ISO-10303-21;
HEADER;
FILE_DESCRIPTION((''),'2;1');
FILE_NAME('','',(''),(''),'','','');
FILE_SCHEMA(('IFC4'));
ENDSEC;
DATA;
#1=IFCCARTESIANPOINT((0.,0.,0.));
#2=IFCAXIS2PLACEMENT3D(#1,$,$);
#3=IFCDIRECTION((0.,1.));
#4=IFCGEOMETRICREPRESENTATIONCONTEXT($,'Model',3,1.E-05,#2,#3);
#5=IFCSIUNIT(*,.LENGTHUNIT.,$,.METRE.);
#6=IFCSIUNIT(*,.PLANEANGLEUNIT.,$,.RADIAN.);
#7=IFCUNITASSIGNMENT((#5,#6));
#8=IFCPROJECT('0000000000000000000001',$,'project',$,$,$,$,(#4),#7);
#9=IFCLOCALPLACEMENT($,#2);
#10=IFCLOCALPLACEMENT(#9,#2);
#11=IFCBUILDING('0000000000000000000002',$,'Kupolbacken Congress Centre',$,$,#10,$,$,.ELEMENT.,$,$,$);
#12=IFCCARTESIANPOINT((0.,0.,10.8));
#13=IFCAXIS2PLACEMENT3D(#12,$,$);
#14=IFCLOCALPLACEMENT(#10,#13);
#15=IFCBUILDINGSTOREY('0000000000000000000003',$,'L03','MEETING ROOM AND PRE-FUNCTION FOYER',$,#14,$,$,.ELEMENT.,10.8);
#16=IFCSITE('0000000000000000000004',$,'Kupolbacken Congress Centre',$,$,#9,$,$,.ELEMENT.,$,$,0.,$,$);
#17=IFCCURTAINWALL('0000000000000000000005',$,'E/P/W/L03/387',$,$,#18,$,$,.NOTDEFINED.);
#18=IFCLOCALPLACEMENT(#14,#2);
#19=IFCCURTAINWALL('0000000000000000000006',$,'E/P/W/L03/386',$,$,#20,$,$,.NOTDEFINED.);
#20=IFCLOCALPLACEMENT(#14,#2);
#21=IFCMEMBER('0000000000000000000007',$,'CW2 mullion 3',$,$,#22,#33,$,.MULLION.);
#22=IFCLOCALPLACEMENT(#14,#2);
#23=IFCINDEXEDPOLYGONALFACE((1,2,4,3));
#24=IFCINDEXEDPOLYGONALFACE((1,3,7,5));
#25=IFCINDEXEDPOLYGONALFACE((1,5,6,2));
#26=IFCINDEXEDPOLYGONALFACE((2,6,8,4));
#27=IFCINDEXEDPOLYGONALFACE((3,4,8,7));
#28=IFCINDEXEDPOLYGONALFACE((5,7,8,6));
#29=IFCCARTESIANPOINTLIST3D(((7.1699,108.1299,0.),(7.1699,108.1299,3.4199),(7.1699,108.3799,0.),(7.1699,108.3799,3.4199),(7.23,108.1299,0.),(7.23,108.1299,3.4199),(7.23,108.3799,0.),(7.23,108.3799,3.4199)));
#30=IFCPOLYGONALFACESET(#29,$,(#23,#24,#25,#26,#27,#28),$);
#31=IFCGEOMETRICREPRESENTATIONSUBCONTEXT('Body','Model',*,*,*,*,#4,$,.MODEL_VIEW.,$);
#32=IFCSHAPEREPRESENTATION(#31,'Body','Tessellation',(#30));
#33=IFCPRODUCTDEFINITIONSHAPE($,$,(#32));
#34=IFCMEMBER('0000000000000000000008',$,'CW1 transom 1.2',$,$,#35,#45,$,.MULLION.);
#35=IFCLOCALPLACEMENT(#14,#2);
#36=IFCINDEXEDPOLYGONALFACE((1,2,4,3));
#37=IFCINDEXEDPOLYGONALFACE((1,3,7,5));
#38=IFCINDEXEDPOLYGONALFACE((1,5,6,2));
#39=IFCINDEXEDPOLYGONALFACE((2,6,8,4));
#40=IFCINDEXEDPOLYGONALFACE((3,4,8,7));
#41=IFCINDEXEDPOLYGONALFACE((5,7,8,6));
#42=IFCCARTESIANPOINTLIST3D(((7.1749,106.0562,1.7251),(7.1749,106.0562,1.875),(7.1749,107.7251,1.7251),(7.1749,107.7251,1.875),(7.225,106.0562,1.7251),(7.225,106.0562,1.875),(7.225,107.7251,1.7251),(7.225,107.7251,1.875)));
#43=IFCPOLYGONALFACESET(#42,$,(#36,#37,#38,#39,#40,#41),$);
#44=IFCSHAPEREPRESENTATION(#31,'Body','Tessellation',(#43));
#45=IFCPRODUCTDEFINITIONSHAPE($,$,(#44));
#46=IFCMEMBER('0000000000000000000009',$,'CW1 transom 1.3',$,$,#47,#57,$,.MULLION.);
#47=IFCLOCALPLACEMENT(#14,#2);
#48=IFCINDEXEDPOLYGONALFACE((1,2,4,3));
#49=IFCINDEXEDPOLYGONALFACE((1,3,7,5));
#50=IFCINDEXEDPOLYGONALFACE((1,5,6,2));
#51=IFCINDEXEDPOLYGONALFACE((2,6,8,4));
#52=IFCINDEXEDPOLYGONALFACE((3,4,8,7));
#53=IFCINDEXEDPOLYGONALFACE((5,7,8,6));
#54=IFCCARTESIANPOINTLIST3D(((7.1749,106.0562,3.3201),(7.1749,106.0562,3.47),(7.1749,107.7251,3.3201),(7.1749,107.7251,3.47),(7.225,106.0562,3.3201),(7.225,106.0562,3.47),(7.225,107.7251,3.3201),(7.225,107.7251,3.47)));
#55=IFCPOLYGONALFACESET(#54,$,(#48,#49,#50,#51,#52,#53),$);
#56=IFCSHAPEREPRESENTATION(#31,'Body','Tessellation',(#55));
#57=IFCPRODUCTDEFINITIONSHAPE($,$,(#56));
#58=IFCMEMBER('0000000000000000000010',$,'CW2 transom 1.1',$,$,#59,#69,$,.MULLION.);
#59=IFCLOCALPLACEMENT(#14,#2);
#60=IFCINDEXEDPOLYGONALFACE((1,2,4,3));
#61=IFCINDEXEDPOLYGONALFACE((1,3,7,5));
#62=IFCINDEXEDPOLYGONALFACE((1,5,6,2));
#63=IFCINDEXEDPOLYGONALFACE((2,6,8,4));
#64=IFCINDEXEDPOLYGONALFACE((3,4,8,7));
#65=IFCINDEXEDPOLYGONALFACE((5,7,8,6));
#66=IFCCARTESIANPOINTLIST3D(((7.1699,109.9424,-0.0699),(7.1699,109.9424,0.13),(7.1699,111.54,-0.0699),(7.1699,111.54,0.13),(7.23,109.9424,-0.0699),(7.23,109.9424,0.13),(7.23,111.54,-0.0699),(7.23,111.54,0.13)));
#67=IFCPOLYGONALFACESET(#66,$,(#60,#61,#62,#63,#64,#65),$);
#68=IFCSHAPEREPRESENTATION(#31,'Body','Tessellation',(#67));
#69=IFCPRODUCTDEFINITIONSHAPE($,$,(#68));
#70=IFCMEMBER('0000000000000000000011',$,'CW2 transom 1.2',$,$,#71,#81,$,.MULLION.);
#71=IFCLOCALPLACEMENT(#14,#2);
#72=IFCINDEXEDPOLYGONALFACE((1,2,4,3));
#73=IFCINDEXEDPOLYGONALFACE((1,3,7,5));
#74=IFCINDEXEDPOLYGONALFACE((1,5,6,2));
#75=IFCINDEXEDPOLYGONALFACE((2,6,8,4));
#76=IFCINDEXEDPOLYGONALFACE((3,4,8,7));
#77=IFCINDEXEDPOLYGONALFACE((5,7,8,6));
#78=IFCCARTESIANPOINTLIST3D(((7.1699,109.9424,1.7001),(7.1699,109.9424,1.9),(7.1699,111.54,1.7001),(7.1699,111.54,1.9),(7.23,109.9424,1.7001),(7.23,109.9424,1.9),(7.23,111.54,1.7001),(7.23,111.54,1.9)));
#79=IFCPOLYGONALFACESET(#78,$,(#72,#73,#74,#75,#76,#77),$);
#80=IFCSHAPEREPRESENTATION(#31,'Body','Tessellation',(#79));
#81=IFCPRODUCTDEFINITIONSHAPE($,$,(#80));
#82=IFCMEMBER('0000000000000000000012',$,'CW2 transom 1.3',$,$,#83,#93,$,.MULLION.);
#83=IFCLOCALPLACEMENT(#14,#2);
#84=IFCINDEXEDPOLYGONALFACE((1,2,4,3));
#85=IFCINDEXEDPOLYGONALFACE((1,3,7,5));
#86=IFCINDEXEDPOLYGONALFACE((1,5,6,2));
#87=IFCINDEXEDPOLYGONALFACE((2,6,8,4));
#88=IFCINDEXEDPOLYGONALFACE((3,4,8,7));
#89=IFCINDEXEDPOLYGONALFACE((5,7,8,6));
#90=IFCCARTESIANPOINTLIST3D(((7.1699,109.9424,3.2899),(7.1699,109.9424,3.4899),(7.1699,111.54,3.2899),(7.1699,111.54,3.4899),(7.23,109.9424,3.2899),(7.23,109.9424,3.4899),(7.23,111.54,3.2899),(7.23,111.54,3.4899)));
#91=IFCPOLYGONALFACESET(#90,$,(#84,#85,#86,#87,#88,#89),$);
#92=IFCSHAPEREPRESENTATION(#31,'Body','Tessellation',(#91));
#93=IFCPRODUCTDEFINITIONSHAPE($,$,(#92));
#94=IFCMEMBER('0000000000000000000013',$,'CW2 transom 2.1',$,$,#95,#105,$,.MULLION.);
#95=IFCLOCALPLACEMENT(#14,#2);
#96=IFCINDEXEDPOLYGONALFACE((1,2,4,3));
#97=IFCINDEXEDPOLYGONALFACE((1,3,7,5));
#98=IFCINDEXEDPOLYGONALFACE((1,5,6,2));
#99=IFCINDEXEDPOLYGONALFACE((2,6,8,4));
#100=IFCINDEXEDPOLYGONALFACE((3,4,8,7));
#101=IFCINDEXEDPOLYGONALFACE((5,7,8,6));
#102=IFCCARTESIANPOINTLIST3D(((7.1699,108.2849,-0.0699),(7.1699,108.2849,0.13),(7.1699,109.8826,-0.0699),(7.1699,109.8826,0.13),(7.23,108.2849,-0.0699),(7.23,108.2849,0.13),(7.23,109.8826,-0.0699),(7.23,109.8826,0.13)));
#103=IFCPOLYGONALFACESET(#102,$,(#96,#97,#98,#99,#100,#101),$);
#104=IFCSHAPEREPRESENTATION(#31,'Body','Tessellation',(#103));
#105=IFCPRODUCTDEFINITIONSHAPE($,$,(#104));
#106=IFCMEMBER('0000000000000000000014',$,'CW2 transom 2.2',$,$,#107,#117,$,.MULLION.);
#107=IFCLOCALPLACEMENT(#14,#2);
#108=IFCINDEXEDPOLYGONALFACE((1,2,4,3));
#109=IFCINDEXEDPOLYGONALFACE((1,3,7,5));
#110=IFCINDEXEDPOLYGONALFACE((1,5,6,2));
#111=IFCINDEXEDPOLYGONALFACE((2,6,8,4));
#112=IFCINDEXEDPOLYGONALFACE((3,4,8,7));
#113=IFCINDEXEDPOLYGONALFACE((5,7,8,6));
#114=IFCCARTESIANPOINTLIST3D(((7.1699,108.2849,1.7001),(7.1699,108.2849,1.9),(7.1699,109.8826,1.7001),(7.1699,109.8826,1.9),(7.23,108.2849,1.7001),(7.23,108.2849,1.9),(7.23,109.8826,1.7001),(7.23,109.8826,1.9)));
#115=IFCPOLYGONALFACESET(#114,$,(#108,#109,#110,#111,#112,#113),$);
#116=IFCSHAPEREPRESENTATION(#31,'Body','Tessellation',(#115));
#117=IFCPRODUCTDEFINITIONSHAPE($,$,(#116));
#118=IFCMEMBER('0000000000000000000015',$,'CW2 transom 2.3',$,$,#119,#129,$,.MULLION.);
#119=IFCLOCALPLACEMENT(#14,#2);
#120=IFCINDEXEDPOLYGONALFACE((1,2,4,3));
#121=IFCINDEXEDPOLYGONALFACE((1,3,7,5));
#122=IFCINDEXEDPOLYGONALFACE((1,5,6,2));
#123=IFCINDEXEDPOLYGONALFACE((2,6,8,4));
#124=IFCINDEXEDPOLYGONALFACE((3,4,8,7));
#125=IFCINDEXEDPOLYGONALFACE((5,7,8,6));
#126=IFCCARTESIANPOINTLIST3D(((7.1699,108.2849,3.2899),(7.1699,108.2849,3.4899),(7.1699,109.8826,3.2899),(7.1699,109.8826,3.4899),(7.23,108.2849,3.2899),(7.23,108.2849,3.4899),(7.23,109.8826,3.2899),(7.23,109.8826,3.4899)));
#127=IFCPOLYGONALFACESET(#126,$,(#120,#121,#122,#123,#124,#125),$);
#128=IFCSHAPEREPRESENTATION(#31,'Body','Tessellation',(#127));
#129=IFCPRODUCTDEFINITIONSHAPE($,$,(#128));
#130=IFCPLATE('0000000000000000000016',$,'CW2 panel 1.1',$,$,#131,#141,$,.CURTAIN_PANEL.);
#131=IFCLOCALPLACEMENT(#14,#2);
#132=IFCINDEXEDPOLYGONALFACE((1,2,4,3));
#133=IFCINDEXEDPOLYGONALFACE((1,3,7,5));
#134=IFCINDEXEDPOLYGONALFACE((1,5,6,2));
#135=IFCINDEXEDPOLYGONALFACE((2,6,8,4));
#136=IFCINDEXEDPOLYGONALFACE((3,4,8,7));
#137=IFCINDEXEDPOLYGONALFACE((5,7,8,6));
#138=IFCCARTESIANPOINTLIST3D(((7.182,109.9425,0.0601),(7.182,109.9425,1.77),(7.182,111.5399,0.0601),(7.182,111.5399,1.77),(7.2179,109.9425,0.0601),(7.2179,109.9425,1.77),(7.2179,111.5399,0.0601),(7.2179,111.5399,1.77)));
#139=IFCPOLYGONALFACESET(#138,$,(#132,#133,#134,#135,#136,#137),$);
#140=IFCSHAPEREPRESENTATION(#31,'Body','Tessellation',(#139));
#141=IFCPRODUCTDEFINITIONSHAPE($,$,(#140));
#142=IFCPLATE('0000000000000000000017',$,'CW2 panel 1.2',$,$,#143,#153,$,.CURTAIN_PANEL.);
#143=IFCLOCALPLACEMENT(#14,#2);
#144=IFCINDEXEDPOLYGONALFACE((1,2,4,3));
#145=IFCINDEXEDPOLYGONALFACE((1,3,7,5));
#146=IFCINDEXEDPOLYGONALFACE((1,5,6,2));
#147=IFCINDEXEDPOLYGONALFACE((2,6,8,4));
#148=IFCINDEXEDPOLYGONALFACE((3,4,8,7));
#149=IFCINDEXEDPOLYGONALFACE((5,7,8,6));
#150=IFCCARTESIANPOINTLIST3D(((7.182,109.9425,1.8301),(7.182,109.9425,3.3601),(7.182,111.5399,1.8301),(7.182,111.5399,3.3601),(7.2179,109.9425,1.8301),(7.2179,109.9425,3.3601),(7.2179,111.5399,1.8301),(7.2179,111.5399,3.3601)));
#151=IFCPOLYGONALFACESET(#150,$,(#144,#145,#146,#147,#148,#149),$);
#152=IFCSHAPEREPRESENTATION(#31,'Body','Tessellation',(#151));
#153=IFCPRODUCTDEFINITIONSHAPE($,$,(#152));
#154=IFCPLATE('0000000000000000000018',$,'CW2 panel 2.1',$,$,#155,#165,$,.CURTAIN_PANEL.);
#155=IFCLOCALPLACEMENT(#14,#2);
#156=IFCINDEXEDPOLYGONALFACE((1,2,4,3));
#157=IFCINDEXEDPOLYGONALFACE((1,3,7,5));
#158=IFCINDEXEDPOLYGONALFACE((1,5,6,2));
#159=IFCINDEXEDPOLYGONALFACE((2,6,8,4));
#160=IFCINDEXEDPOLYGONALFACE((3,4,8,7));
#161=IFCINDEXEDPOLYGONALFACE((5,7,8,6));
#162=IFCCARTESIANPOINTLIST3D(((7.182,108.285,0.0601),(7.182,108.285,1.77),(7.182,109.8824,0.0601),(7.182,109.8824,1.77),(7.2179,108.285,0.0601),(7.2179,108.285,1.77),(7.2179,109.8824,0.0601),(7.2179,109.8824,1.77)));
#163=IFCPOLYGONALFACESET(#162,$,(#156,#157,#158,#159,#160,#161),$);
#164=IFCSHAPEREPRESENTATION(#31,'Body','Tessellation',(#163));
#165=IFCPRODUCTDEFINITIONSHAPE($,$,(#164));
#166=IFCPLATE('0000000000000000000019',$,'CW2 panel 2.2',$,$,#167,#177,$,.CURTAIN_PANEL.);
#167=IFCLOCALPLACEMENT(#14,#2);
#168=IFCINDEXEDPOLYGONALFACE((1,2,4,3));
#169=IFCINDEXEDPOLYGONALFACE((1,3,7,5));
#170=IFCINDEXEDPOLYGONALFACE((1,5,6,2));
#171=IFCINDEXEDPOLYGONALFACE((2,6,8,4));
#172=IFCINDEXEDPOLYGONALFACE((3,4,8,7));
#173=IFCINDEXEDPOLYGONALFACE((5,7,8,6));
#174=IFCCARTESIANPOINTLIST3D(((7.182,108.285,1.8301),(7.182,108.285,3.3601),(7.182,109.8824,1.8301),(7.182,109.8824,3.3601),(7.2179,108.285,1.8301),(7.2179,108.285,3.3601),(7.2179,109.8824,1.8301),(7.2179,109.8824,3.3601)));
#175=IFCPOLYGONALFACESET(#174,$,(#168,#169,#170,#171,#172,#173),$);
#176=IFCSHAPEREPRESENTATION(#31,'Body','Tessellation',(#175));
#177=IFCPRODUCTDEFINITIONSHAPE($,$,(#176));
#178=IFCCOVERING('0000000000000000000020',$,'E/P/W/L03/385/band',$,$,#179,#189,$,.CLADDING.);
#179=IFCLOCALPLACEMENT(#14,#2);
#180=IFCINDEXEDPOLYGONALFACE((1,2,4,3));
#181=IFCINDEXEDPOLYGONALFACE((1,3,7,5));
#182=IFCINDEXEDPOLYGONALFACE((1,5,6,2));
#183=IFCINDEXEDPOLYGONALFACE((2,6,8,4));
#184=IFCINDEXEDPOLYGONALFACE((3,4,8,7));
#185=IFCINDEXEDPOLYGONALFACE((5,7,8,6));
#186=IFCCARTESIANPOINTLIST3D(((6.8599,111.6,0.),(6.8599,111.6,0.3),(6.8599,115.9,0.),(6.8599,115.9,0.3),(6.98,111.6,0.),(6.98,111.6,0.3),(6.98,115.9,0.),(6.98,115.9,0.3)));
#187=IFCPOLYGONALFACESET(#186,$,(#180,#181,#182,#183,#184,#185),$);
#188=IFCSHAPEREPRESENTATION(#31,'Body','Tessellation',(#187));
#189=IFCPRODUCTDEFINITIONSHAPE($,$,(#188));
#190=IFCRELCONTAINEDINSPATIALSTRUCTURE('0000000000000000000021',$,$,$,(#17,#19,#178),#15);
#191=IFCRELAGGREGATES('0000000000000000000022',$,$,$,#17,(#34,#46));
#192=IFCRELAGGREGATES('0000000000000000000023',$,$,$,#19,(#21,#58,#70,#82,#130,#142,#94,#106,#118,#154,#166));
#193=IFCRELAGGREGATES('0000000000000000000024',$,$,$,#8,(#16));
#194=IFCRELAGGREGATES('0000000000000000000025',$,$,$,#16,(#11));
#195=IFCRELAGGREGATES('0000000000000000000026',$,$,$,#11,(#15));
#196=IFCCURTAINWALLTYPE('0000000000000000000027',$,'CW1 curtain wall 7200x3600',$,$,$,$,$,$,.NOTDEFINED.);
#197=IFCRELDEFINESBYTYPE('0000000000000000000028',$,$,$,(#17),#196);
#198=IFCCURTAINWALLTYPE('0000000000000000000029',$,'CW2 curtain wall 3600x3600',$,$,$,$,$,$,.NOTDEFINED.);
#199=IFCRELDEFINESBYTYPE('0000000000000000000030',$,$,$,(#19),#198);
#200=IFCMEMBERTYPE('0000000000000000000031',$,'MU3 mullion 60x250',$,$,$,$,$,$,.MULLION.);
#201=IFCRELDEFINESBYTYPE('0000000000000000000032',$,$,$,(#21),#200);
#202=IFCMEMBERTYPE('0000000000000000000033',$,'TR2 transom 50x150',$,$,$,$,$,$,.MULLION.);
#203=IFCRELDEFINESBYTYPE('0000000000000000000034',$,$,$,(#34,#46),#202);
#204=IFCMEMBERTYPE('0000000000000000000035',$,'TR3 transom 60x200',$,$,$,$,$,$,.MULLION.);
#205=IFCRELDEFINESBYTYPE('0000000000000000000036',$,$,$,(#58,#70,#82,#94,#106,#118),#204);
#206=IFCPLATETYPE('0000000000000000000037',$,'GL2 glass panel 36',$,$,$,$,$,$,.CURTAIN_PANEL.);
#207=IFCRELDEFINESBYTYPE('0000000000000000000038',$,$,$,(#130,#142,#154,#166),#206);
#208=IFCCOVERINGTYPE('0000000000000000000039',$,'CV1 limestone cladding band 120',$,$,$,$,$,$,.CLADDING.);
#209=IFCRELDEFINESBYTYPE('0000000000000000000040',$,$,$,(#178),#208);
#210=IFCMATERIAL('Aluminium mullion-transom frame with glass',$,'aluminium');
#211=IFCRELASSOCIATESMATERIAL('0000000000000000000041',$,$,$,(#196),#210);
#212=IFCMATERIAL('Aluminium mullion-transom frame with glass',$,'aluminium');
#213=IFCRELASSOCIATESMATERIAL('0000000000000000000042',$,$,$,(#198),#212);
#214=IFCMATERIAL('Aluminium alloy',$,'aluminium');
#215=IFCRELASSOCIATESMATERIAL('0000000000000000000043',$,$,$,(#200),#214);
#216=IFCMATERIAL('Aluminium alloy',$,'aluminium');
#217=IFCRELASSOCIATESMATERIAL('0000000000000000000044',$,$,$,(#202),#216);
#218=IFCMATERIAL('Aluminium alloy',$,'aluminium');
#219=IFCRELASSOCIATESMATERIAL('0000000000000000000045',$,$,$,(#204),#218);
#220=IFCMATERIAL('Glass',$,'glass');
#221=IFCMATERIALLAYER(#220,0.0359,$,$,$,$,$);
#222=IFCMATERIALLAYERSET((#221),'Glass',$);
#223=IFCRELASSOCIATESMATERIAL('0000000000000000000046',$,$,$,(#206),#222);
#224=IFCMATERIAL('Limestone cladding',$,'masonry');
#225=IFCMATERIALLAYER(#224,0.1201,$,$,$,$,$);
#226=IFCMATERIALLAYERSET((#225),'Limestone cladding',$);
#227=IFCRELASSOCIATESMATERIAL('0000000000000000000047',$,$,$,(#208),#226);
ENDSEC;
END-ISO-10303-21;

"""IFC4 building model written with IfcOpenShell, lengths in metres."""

from ifc_helpers import new_model, si_unit, direction, frame, origin, origin_2d, place, context, subcontext, project, spatial, rectangle, extrude, material, layer, layer_set, material_profile, profile_set, type_object, element, aggregate, save


model = new_model("IFC4")

# Units and contexts
model_context = context("Model", 3, precision=1e-05, world=origin(), true_north=direction((0.0, 1.0)))
body_context = subcontext(model_context, "Body", "Model", "MODEL_VIEW")
ifc_project = project(units=[si_unit("LENGTHUNIT", "METRE"), si_unit("PLANEANGLEUNIT", "RADIAN")], contexts=[model_context])

# Site, building, storey
site_placement = place(None, origin())
site = spatial("IfcSite", under=ifc_project, at=site_placement, Name="Kupolbacken Congress Centre", CompositionType="ELEMENT", RefElevation=0.0)
building_placement = place(site_placement, origin())
building = spatial("IfcBuilding", under=site, at=building_placement, Name="Kupolbacken Congress Centre", CompositionType="ELEMENT")
storey_placement = place(building_placement, frame((0.0, 0.0, 10.8)))
storey = spatial("IfcBuildingStorey", under=building, at=storey_placement, Name="L03", Description="MEETING ROOM AND PRE-FUNCTION FOYER", CompositionType="ELEMENT", Elevation=10.8)

# Curtain wall
ifc_material_1 = material(Name="Aluminium mullion-transom frame with glass", Category="aluminium")
curtain_wall_type_1 = type_object("IfcCurtainWallType", Name="CW1 curtain wall 7200x3600", PredefinedType="NOTDEFINED", material=ifc_material_1)
curtain_wall_1_placement = place(storey_placement, origin())
curtain_wall_1 = element("IfcCurtainWall", 1, at=curtain_wall_1_placement, inside=storey, type_object=curtain_wall_type_1, Name="E/P/W/L03/387", PredefinedType="NOTDEFINED")

# Curtain wall, member
ifc_material_2 = material(Name="Aluminium mullion-transom frame with glass", Category="aluminium")
curtain_wall_type_2 = type_object("IfcCurtainWallType", Name="CW2 curtain wall 3600x3600", PredefinedType="NOTDEFINED", material=ifc_material_2)
curtain_wall_2_placement = place(storey_placement, origin())
curtain_wall_2 = element("IfcCurtainWall", 2, at=curtain_wall_2_placement, inside=storey, type_object=curtain_wall_type_2, Name="E/P/W/L03/386", PredefinedType="NOTDEFINED")
ifc_material_3 = material(Name="Aluminium alloy", Category="aluminium")
ifc_material_profile_1 = material_profile(ifc_material_3, rectangle(XDim=0.0601, YDim=0.25, at=origin_2d()), Name="60 x 250")
ifc_profile_set_1 = profile_set([ifc_material_profile_1], Name="Aluminium alloy")
member_type_1 = type_object("IfcMemberType", Name="MU3 mullion 60x250", PredefinedType="MULLION", material=ifc_profile_set_1)
member_1_placement = place(storey_placement, frame((7.2, 108.2549, 0.0), z_axis=(0.0, 0.0, 1.0), x_axis=(1.0, 0.0, 0.0)))
member_1 = element("IfcMember", 3, at=member_1_placement, type_object=member_type_1, Name="CW2 mullion 3", PredefinedType="MULLION", context=body_context, shape_type="SweptSolid", body=[
    extrude(rectangle(XDim=0.0601, YDim=0.25, at=origin_2d()), origin(), (0.0, 0.0, 1.0), 3.4199),
])

# Members
ifc_material_4 = material(Name="Aluminium alloy", Category="aluminium")
ifc_material_profile_2 = material_profile(ifc_material_4, rectangle(XDim=0.05, YDim=0.1499, at=origin_2d()), Name="50 x 150")
ifc_profile_set_2 = profile_set([ifc_material_profile_2], Name="Aluminium alloy")
member_type_2 = type_object("IfcMemberType", Name="TR2 transom 50x150", PredefinedType="MULLION", material=ifc_profile_set_2)
member_2_placement = place(storey_placement, frame((7.2, 107.7251, 1.8), z_axis=(0.0, -1.0, 0.0), x_axis=(1.0, 0.0, 0.0)))
member_2 = element("IfcMember", 4, at=member_2_placement, type_object=member_type_2, Name="CW1 transom 1.2", PredefinedType="MULLION", context=body_context, shape_type="SweptSolid", body=[
    extrude(rectangle(XDim=0.05, YDim=0.1499, at=origin_2d()), origin(), (0.0, 0.0, 1.0), 1.6689),
])
member_3_placement = place(storey_placement, frame((7.2, 107.7251, 3.395), z_axis=(0.0, -1.0, 0.0), x_axis=(1.0, 0.0, 0.0)))
member_3 = element("IfcMember", 5, at=member_3_placement, type_object=member_type_2, Name="CW1 transom 1.3", PredefinedType="MULLION", context=body_context, shape_type="SweptSolid", body=[
    extrude(rectangle(XDim=0.05, YDim=0.1499, at=origin_2d()), origin(), (0.0, 0.0, 1.0), 1.6689),
])
aggregate(curtain_wall_1, [member_2, member_3])
ifc_material_5 = material(Name="Aluminium alloy", Category="aluminium")
ifc_material_profile_3 = material_profile(ifc_material_5, rectangle(XDim=0.0601, YDim=0.2, at=origin_2d()), Name="60 x 200")
ifc_profile_set_3 = profile_set([ifc_material_profile_3], Name="Aluminium alloy")
member_type_3 = type_object("IfcMemberType", Name="TR3 transom 60x200", PredefinedType="MULLION", material=ifc_profile_set_3)
member_4_placement = place(storey_placement, frame((7.2, 111.54, 0.03), z_axis=(0.0, -1.0, 0.0), x_axis=(1.0, 0.0, 0.0)))
member_4 = element("IfcMember", 6, at=member_4_placement, type_object=member_type_3, Name="CW2 transom 1.1", PredefinedType="MULLION", context=body_context, shape_type="SweptSolid", body=[
    extrude(rectangle(XDim=0.0601, YDim=0.2, at=origin_2d()), origin(), (0.0, 0.0, 1.0), 1.5977),
])
member_5_placement = place(storey_placement, frame((7.2, 111.54, 1.8), z_axis=(0.0, -1.0, 0.0), x_axis=(1.0, 0.0, 0.0)))
member_5 = element("IfcMember", 7, at=member_5_placement, type_object=member_type_3, Name="CW2 transom 1.2", PredefinedType="MULLION", context=body_context, shape_type="SweptSolid", body=[
    extrude(rectangle(XDim=0.0601, YDim=0.2, at=origin_2d()), origin(), (0.0, 0.0, 1.0), 1.5977),
])
member_6_placement = place(storey_placement, frame((7.2, 111.54, 3.3899), z_axis=(0.0, -1.0, 0.0), x_axis=(1.0, 0.0, 0.0)))
member_6 = element("IfcMember", 8, at=member_6_placement, type_object=member_type_3, Name="CW2 transom 1.3", PredefinedType="MULLION", context=body_context, shape_type="SweptSolid", body=[
    extrude(rectangle(XDim=0.0601, YDim=0.2, at=origin_2d()), origin(), (0.0, 0.0, 1.0), 1.5977),
])
member_7_placement = place(storey_placement, frame((7.2, 109.8826, 0.03), z_axis=(0.0, -1.0, 0.0), x_axis=(1.0, 0.0, 0.0)))
member_7 = element("IfcMember", 9, at=member_7_placement, type_object=member_type_3, Name="CW2 transom 2.1", PredefinedType="MULLION", context=body_context, shape_type="SweptSolid", body=[
    extrude(rectangle(XDim=0.0601, YDim=0.2, at=origin_2d()), origin(), (0.0, 0.0, 1.0), 1.5977),
])
member_8_placement = place(storey_placement, frame((7.2, 109.8826, 1.8), z_axis=(0.0, -1.0, 0.0), x_axis=(1.0, 0.0, 0.0)))
member_8 = element("IfcMember", 10, at=member_8_placement, type_object=member_type_3, Name="CW2 transom 2.2", PredefinedType="MULLION", context=body_context, shape_type="SweptSolid", body=[
    extrude(rectangle(XDim=0.0601, YDim=0.2, at=origin_2d()), origin(), (0.0, 0.0, 1.0), 1.5977),
])
member_9_placement = place(storey_placement, frame((7.2, 109.8826, 3.3899), z_axis=(0.0, -1.0, 0.0), x_axis=(1.0, 0.0, 0.0)))
member_9 = element("IfcMember", 11, at=member_9_placement, type_object=member_type_3, Name="CW2 transom 2.3", PredefinedType="MULLION", context=body_context, shape_type="SweptSolid", body=[
    extrude(rectangle(XDim=0.0601, YDim=0.2, at=origin_2d()), origin(), (0.0, 0.0, 1.0), 1.5977),
])

# Plates
ifc_material_6 = material(Name="Glass", Category="glass")
ifc_layer_1 = layer(ifc_material_6, 0.0359)
ifc_layer_set_1 = layer_set([ifc_layer_1], Name="Glass")
plate_type = type_object("IfcPlateType", Name="GL2 glass panel 36", PredefinedType="CURTAIN_PANEL", material=ifc_layer_set_1)
plate_1_placement = place(storey_placement, frame((7.2, 110.7412, 0.0601), z_axis=(0.0, 0.0, 1.0), x_axis=(0.0, -1.0, 0.0)))
plate_1 = element("IfcPlate", 12, at=plate_1_placement, type_object=plate_type, Name="CW2 panel 1.1", PredefinedType="CURTAIN_PANEL", context=body_context, shape_type="SweptSolid", body=[
    extrude(rectangle(XDim=1.5974, YDim=0.0359, at=origin_2d()), origin(), (0.0, 0.0, 1.0), 1.71),
])
plate_2_placement = place(storey_placement, frame((7.2, 110.7412, 1.8301), z_axis=(0.0, 0.0, 1.0), x_axis=(0.0, -1.0, 0.0)))
plate_2 = element("IfcPlate", 13, at=plate_2_placement, type_object=plate_type, Name="CW2 panel 1.2", PredefinedType="CURTAIN_PANEL", context=body_context, shape_type="SweptSolid", body=[
    extrude(rectangle(XDim=1.5974, YDim=0.0359, at=origin_2d()), origin(), (0.0, 0.0, 1.0), 1.53),
])
plate_3_placement = place(storey_placement, frame((7.2, 109.0837, 0.0601), z_axis=(0.0, 0.0, 1.0), x_axis=(0.0, -1.0, 0.0)))
plate_3 = element("IfcPlate", 14, at=plate_3_placement, type_object=plate_type, Name="CW2 panel 2.1", PredefinedType="CURTAIN_PANEL", context=body_context, shape_type="SweptSolid", body=[
    extrude(rectangle(XDim=1.5974, YDim=0.0359, at=origin_2d()), origin(), (0.0, 0.0, 1.0), 1.71),
])
plate_4_placement = place(storey_placement, frame((7.2, 109.0837, 1.8301), z_axis=(0.0, 0.0, 1.0), x_axis=(0.0, -1.0, 0.0)))
plate_4 = element("IfcPlate", 15, at=plate_4_placement, type_object=plate_type, Name="CW2 panel 2.2", PredefinedType="CURTAIN_PANEL", context=body_context, shape_type="SweptSolid", body=[
    extrude(rectangle(XDim=1.5974, YDim=0.0359, at=origin_2d()), origin(), (0.0, 0.0, 1.0), 1.53),
])
aggregate(curtain_wall_2, [member_1, member_4, member_5, member_6, plate_1, plate_2, member_7, member_8, member_9, plate_3, plate_4])

# Covering
ifc_material_7 = material(Name="Limestone cladding", Category="masonry")
ifc_layer_2 = layer(ifc_material_7, 0.1201)
ifc_layer_set_2 = layer_set([ifc_layer_2], Name="Limestone cladding")
covering_type_1 = type_object("IfcCoveringType", Name="CV1 limestone cladding band 120", PredefinedType="CLADDING", material=ifc_layer_set_2)
covering_1_placement = place(storey_placement, frame((6.9199, 113.75, 0.0), z_axis=(0.0, 0.0, 1.0), x_axis=(0.0, -1.0, 0.0)))
element("IfcCovering", 16, at=covering_1_placement, inside=storey, type_object=covering_type_1, Name="E/P/W/L03/385/band", PredefinedType="CLADDING", context=body_context, shape_type="SweptSolid", body=[
    extrude(rectangle(XDim=4.3, YDim=0.1201, at=origin_2d()), origin(), (0.0, 0.0, 1.0), 0.3),
])

save(model, "model.ifc")
